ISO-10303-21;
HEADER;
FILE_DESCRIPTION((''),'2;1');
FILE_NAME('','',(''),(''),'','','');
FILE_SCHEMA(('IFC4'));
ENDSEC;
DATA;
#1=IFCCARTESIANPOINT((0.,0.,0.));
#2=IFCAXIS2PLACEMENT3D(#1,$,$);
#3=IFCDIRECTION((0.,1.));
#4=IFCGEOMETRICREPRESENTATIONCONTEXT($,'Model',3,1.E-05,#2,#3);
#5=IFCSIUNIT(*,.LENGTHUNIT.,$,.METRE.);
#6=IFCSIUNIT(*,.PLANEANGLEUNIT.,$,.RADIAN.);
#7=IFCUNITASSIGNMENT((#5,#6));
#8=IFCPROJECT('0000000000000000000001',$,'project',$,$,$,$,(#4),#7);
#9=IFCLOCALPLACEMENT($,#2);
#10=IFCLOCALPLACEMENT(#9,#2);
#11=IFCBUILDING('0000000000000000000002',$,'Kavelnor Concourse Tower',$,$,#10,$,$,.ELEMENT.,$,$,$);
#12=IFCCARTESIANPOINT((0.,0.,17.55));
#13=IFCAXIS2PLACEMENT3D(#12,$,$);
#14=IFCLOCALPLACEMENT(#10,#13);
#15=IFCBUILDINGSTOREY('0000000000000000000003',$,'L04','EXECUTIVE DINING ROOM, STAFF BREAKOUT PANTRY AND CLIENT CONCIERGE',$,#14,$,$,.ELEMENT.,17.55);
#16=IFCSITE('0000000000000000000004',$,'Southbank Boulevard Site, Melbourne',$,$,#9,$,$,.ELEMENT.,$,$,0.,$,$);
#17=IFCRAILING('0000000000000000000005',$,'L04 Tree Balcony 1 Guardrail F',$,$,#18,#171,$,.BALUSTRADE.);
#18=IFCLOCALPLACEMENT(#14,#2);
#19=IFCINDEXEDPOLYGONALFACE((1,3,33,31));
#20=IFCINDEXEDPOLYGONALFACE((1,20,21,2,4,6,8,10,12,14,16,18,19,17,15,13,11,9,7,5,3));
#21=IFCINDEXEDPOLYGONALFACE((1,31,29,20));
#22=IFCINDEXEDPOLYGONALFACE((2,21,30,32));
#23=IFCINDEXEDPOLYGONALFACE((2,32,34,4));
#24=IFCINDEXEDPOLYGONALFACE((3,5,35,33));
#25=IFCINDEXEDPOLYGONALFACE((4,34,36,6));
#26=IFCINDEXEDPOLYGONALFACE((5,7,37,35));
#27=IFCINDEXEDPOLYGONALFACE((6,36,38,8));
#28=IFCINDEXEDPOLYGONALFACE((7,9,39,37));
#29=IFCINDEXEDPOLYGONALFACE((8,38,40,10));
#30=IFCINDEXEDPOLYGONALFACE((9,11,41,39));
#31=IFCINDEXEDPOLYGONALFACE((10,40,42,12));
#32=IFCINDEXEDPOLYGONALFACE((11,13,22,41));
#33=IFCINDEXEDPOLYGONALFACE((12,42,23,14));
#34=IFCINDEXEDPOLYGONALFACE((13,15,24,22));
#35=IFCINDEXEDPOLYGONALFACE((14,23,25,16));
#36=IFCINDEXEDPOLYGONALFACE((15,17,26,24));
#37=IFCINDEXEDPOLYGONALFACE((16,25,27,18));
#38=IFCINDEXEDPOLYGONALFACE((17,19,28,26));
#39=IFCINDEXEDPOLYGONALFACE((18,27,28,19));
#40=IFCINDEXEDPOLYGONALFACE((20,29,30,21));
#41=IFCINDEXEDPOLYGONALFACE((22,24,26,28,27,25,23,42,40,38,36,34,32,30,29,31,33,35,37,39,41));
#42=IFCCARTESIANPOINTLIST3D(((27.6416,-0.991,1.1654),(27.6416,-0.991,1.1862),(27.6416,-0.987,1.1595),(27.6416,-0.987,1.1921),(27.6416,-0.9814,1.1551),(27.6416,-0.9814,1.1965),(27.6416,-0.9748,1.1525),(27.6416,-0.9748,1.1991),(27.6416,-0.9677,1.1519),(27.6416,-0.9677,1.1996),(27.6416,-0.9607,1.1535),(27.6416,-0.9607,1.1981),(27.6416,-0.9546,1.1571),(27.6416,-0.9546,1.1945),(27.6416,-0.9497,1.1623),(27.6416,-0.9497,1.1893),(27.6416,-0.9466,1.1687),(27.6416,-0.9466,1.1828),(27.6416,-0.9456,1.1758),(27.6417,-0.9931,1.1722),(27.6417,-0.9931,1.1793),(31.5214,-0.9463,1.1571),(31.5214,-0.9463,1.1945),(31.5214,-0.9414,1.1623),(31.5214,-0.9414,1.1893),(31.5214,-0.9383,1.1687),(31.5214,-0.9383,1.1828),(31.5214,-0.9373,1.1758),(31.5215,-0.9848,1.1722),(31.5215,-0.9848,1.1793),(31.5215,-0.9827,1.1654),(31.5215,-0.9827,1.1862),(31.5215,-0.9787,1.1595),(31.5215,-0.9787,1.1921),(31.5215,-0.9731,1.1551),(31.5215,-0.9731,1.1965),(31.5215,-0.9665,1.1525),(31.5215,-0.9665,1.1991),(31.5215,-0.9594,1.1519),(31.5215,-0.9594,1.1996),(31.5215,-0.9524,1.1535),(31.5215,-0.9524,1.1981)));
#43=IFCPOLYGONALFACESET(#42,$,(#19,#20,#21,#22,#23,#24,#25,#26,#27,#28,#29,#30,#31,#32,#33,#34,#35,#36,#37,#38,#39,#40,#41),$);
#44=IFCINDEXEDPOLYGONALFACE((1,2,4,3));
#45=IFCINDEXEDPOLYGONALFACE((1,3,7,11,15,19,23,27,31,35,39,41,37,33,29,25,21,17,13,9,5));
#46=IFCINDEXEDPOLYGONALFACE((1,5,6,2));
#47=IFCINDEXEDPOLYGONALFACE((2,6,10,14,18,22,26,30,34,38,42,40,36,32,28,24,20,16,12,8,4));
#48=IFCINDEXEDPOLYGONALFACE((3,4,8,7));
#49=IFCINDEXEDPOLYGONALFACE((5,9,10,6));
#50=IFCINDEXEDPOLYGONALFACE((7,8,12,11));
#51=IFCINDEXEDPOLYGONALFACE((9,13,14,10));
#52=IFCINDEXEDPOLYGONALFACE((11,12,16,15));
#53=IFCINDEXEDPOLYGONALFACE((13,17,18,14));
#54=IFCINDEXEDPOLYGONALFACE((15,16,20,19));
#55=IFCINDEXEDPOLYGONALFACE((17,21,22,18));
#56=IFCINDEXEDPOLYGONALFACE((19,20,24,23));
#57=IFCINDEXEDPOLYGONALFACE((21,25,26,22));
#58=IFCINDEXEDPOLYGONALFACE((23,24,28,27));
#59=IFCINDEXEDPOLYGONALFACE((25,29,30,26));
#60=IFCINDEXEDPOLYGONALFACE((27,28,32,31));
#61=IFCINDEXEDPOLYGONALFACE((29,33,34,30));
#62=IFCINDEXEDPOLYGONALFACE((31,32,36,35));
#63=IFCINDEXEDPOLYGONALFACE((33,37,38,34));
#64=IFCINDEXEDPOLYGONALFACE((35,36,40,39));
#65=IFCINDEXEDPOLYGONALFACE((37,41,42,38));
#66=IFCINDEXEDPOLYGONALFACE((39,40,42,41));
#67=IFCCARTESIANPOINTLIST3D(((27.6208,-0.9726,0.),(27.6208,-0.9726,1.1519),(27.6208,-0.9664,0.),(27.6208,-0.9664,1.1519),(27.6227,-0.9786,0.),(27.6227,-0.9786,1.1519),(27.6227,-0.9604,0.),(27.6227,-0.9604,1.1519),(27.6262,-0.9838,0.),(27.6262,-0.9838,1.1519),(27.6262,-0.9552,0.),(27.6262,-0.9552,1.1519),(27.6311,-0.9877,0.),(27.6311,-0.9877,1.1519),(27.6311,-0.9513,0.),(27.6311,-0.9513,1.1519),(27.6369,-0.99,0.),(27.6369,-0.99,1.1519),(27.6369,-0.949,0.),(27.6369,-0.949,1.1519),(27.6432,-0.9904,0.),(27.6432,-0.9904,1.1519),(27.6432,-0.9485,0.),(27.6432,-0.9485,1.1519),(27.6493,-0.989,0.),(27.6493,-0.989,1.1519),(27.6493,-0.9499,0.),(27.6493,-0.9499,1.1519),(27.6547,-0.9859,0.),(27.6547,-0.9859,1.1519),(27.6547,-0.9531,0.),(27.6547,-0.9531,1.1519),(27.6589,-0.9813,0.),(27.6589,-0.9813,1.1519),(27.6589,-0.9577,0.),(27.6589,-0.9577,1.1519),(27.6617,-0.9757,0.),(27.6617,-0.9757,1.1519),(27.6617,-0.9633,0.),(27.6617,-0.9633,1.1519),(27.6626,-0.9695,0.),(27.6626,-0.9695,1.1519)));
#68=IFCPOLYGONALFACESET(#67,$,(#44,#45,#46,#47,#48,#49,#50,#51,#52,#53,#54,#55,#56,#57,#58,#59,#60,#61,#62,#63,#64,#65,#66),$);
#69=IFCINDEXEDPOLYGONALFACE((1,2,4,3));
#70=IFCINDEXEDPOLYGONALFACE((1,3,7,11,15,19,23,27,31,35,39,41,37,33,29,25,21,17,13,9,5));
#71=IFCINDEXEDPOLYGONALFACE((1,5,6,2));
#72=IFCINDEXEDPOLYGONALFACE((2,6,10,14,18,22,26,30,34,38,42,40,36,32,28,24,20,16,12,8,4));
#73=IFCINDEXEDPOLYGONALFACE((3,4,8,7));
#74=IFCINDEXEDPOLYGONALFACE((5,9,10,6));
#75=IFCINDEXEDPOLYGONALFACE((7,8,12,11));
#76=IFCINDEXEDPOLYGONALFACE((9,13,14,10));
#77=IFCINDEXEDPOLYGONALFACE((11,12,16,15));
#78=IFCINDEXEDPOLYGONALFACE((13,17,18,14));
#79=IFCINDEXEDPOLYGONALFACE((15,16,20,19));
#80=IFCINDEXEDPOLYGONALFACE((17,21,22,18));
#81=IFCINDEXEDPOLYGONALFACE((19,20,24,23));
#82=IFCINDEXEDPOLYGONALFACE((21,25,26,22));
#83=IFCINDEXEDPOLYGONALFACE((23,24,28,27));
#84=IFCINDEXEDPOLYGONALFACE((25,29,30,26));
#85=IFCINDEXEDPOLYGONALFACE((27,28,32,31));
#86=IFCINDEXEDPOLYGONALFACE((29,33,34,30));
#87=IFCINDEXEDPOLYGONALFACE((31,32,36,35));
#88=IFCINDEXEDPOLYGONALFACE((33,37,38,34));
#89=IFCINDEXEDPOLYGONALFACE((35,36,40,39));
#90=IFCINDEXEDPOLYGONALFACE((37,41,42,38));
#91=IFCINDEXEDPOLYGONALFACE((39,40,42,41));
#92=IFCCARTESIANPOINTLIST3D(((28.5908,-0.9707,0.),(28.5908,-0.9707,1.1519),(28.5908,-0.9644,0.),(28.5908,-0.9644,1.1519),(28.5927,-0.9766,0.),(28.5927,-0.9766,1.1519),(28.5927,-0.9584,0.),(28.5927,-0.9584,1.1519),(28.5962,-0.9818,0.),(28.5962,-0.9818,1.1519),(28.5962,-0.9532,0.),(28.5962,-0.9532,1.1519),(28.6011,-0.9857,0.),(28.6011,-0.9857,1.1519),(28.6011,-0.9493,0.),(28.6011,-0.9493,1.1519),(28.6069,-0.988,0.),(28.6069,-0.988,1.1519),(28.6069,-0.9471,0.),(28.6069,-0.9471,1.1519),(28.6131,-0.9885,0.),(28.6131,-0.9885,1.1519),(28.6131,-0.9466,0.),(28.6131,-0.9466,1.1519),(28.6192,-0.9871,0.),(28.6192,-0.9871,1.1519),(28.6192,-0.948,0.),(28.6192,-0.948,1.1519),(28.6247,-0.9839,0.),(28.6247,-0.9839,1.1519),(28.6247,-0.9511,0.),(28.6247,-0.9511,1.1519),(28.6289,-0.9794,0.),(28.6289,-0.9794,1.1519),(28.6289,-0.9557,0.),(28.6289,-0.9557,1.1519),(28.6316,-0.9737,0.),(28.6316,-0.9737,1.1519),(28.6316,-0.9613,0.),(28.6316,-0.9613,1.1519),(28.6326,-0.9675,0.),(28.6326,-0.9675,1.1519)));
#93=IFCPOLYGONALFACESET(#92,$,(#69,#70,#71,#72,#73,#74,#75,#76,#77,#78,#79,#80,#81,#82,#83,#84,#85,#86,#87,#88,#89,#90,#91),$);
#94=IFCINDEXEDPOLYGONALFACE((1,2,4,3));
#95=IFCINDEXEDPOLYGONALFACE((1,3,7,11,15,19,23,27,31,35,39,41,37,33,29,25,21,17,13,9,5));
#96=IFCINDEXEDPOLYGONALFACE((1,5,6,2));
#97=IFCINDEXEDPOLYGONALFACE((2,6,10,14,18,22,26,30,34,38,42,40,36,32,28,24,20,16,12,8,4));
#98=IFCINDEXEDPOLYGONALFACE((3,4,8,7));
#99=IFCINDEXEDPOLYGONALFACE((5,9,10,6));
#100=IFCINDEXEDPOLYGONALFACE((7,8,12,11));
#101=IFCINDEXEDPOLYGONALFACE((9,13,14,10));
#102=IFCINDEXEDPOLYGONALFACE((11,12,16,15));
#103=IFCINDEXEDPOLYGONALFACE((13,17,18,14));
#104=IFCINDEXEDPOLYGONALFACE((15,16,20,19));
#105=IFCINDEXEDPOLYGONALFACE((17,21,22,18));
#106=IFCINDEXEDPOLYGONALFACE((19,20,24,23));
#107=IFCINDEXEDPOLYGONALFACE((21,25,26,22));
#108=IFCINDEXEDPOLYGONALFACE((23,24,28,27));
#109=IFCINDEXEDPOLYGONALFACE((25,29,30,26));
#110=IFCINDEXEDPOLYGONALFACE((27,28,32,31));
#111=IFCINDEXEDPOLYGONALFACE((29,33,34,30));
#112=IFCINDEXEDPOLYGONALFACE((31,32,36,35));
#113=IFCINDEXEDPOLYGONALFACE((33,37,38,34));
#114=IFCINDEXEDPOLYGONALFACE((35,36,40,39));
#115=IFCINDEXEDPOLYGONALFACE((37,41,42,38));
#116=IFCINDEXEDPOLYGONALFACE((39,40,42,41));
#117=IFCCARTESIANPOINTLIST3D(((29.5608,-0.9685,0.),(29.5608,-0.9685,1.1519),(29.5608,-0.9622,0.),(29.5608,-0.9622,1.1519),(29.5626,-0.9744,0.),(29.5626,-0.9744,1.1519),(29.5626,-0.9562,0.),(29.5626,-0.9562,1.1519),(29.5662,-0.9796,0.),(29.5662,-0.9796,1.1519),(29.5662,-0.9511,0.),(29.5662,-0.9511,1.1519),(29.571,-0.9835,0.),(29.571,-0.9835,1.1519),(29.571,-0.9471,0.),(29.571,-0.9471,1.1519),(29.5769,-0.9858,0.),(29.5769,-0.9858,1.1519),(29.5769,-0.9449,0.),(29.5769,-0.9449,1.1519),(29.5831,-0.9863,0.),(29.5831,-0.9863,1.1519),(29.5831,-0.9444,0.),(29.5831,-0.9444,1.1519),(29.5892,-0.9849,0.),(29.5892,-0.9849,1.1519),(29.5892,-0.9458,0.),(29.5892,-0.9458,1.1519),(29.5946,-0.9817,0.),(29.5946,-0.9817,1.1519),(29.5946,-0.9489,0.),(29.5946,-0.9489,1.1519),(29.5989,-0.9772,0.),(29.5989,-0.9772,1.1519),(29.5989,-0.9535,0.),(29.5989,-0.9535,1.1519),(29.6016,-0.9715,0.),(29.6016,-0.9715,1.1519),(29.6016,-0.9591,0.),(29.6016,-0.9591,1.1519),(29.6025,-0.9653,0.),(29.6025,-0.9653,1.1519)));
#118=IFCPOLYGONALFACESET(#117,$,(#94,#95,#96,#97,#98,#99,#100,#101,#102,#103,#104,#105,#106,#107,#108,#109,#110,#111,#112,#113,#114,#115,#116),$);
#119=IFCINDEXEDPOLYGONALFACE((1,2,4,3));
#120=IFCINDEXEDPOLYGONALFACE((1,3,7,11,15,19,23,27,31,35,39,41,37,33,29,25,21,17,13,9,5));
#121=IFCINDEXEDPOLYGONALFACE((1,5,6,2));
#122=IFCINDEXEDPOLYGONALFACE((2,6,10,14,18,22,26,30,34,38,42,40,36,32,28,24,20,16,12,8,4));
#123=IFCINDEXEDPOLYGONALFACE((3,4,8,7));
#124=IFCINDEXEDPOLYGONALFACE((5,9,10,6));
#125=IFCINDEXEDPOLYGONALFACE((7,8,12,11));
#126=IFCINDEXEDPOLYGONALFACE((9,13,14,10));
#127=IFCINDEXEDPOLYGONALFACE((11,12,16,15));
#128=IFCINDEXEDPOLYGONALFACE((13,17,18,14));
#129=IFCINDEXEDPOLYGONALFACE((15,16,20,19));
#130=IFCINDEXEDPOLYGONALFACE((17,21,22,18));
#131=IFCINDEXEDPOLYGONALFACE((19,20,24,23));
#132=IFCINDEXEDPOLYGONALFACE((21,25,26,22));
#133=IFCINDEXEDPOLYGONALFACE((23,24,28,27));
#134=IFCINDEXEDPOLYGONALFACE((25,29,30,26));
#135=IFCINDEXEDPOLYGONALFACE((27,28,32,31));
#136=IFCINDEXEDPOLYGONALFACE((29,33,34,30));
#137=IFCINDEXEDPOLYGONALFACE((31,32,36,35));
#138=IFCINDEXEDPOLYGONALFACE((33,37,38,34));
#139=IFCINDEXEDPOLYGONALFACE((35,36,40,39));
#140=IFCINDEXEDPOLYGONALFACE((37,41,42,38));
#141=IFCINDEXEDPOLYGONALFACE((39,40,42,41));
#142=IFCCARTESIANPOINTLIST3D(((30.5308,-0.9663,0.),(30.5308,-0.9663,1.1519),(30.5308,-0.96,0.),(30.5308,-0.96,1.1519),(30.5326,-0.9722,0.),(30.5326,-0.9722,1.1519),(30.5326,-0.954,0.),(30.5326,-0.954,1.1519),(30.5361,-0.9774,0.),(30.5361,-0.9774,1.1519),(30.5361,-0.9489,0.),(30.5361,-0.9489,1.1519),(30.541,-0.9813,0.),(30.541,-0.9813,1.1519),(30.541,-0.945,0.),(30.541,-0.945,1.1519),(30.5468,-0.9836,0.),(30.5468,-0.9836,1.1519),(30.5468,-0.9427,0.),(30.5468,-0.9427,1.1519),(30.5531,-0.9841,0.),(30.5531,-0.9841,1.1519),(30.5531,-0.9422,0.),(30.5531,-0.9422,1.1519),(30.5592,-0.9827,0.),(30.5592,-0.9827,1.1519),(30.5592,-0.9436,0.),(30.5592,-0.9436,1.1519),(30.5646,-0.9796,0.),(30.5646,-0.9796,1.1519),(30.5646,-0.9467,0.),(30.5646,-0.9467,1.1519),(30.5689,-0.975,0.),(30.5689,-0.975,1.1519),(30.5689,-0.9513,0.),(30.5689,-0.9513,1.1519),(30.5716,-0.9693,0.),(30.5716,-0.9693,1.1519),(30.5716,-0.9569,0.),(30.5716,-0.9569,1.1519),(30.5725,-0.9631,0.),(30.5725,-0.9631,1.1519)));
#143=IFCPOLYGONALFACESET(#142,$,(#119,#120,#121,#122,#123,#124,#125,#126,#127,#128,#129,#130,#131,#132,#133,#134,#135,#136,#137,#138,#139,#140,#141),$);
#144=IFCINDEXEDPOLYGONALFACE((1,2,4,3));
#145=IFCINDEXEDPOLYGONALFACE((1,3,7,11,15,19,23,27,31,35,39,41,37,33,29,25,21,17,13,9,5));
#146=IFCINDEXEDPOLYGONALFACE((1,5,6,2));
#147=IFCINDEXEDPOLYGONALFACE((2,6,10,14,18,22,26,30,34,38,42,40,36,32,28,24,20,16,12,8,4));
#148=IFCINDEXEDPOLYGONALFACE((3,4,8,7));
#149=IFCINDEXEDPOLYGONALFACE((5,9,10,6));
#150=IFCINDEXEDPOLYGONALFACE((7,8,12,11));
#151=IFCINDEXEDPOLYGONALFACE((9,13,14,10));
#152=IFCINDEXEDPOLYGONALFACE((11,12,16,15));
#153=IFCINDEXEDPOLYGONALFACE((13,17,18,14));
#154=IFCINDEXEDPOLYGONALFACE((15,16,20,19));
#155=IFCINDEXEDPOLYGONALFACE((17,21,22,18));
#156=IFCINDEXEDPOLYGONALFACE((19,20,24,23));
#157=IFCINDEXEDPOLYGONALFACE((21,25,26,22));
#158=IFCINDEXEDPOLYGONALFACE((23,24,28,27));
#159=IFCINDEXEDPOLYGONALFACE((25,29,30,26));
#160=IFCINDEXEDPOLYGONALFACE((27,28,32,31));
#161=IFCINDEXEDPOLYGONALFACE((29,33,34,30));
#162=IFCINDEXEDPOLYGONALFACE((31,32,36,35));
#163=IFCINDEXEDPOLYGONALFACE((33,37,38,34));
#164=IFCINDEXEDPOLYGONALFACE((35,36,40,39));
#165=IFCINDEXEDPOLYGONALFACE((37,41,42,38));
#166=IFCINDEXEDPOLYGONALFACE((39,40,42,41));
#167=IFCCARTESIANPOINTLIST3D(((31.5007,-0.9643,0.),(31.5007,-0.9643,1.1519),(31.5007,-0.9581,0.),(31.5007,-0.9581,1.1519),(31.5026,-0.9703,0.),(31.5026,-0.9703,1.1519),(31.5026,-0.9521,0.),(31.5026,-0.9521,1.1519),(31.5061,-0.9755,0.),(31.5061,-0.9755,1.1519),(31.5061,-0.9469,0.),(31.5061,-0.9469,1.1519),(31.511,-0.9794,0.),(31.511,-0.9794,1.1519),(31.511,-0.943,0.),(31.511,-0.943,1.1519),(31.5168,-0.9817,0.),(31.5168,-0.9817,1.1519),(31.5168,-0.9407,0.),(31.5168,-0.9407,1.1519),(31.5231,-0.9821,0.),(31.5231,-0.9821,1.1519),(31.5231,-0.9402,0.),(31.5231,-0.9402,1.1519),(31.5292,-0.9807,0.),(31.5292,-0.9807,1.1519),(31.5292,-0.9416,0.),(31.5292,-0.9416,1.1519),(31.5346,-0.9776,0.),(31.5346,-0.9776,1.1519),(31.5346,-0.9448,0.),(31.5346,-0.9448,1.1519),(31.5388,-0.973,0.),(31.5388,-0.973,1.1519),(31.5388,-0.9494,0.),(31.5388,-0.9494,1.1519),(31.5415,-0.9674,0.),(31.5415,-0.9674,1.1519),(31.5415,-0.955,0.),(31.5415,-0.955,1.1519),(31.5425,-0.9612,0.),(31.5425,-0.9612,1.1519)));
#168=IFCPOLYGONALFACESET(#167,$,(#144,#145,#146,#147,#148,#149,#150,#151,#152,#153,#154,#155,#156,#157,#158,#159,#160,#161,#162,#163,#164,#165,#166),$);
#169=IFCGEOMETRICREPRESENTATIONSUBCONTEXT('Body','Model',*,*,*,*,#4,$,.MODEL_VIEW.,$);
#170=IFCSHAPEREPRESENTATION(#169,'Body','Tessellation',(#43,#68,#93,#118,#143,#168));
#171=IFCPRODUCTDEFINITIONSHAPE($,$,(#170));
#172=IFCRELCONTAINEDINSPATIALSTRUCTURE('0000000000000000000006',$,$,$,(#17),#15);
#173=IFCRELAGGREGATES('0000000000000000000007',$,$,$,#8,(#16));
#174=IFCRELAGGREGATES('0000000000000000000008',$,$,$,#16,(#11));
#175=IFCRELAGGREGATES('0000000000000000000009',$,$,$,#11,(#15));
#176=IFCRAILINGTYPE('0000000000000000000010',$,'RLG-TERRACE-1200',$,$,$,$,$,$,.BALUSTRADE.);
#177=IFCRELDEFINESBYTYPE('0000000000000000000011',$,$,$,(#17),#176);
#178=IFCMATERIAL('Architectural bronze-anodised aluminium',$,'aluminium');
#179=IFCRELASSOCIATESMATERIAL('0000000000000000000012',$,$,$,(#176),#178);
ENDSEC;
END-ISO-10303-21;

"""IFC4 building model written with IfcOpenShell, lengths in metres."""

from ifc_helpers import new_model, si_unit, direction, frame, origin, origin_2d, place, context, subcontext, project, spatial, circle, extrude, material, type_object, element, save


model = new_model("IFC4")

# Units and contexts
model_context = context("Model", 3, precision=1e-05, world=origin(), true_north=direction((0.0, 1.0)))
body_context = subcontext(model_context, "Body", "Model", "MODEL_VIEW")
ifc_project = project(units=[si_unit("LENGTHUNIT", "METRE"), si_unit("PLANEANGLEUNIT", "RADIAN")], contexts=[model_context])

# Site, building, storey
site_placement = place(None, origin())
site = spatial("IfcSite", under=ifc_project, at=site_placement, Name="Southbank Boulevard Site, Melbourne", CompositionType="ELEMENT", RefElevation=0.0)
building_placement = place(site_placement, origin())
building = spatial("IfcBuilding", under=site, at=building_placement, Name="Kavelnor Concourse Tower", CompositionType="ELEMENT")
storey_placement = place(building_placement, frame((0.0, 0.0, 17.55)))
storey = spatial("IfcBuildingStorey", under=building, at=storey_placement, Name="L04", Description="EXECUTIVE DINING ROOM, STAFF BREAKOUT PANTRY AND CLIENT CONCIERGE", CompositionType="ELEMENT", Elevation=17.55)

# Railing
ifc_material_1 = material(Name="Architectural bronze-anodised aluminium", Category="aluminium")
railing_type = type_object("IfcRailingType", Name="RLG-TERRACE-1200", PredefinedType="BALUSTRADE", material=ifc_material_1)
railing_1_placement = place(storey_placement, frame((27.6416, -0.9695, 0.0)))
element("IfcRailing", 1, at=railing_1_placement, inside=storey, type_object=railing_type, Name="L04 Tree Balcony 1 Guardrail F", PredefinedType="BALUSTRADE", context=body_context, shape_type="SweptSolid", body=[
    extrude(circle(Radius=0.0239, at=origin_2d()), frame((0.0, 0.0, 1.1758), z_axis=(0.999998, 0.002139, 0.0), x_axis=(-0.002139, 0.999998, 0.0)), (0.0, 0.0, 1.0), 3.8799),
    extrude(circle(Radius=0.021, at=origin_2d()), origin(), (0.0, 0.0, 1.0), 1.1519),
    extrude(circle(Radius=0.021, at=origin_2d()), frame((0.97, 0.002, 0.0)), (0.0, 0.0, 1.0), 1.1519),
    extrude(circle(Radius=0.021, at=origin_2d()), frame((1.9399, 0.0042, 0.0)), (0.0, 0.0, 1.0), 1.1519),
    extrude(circle(Radius=0.021, at=origin_2d()), frame((2.9099, 0.0063, 0.0)), (0.0, 0.0, 1.0), 1.1519),
    extrude(circle(Radius=0.021, at=origin_2d()), frame((3.8799, 0.0083, 0.0)), (0.0, 0.0, 1.0), 1.1519),
])

save(model, "model.ifc")
